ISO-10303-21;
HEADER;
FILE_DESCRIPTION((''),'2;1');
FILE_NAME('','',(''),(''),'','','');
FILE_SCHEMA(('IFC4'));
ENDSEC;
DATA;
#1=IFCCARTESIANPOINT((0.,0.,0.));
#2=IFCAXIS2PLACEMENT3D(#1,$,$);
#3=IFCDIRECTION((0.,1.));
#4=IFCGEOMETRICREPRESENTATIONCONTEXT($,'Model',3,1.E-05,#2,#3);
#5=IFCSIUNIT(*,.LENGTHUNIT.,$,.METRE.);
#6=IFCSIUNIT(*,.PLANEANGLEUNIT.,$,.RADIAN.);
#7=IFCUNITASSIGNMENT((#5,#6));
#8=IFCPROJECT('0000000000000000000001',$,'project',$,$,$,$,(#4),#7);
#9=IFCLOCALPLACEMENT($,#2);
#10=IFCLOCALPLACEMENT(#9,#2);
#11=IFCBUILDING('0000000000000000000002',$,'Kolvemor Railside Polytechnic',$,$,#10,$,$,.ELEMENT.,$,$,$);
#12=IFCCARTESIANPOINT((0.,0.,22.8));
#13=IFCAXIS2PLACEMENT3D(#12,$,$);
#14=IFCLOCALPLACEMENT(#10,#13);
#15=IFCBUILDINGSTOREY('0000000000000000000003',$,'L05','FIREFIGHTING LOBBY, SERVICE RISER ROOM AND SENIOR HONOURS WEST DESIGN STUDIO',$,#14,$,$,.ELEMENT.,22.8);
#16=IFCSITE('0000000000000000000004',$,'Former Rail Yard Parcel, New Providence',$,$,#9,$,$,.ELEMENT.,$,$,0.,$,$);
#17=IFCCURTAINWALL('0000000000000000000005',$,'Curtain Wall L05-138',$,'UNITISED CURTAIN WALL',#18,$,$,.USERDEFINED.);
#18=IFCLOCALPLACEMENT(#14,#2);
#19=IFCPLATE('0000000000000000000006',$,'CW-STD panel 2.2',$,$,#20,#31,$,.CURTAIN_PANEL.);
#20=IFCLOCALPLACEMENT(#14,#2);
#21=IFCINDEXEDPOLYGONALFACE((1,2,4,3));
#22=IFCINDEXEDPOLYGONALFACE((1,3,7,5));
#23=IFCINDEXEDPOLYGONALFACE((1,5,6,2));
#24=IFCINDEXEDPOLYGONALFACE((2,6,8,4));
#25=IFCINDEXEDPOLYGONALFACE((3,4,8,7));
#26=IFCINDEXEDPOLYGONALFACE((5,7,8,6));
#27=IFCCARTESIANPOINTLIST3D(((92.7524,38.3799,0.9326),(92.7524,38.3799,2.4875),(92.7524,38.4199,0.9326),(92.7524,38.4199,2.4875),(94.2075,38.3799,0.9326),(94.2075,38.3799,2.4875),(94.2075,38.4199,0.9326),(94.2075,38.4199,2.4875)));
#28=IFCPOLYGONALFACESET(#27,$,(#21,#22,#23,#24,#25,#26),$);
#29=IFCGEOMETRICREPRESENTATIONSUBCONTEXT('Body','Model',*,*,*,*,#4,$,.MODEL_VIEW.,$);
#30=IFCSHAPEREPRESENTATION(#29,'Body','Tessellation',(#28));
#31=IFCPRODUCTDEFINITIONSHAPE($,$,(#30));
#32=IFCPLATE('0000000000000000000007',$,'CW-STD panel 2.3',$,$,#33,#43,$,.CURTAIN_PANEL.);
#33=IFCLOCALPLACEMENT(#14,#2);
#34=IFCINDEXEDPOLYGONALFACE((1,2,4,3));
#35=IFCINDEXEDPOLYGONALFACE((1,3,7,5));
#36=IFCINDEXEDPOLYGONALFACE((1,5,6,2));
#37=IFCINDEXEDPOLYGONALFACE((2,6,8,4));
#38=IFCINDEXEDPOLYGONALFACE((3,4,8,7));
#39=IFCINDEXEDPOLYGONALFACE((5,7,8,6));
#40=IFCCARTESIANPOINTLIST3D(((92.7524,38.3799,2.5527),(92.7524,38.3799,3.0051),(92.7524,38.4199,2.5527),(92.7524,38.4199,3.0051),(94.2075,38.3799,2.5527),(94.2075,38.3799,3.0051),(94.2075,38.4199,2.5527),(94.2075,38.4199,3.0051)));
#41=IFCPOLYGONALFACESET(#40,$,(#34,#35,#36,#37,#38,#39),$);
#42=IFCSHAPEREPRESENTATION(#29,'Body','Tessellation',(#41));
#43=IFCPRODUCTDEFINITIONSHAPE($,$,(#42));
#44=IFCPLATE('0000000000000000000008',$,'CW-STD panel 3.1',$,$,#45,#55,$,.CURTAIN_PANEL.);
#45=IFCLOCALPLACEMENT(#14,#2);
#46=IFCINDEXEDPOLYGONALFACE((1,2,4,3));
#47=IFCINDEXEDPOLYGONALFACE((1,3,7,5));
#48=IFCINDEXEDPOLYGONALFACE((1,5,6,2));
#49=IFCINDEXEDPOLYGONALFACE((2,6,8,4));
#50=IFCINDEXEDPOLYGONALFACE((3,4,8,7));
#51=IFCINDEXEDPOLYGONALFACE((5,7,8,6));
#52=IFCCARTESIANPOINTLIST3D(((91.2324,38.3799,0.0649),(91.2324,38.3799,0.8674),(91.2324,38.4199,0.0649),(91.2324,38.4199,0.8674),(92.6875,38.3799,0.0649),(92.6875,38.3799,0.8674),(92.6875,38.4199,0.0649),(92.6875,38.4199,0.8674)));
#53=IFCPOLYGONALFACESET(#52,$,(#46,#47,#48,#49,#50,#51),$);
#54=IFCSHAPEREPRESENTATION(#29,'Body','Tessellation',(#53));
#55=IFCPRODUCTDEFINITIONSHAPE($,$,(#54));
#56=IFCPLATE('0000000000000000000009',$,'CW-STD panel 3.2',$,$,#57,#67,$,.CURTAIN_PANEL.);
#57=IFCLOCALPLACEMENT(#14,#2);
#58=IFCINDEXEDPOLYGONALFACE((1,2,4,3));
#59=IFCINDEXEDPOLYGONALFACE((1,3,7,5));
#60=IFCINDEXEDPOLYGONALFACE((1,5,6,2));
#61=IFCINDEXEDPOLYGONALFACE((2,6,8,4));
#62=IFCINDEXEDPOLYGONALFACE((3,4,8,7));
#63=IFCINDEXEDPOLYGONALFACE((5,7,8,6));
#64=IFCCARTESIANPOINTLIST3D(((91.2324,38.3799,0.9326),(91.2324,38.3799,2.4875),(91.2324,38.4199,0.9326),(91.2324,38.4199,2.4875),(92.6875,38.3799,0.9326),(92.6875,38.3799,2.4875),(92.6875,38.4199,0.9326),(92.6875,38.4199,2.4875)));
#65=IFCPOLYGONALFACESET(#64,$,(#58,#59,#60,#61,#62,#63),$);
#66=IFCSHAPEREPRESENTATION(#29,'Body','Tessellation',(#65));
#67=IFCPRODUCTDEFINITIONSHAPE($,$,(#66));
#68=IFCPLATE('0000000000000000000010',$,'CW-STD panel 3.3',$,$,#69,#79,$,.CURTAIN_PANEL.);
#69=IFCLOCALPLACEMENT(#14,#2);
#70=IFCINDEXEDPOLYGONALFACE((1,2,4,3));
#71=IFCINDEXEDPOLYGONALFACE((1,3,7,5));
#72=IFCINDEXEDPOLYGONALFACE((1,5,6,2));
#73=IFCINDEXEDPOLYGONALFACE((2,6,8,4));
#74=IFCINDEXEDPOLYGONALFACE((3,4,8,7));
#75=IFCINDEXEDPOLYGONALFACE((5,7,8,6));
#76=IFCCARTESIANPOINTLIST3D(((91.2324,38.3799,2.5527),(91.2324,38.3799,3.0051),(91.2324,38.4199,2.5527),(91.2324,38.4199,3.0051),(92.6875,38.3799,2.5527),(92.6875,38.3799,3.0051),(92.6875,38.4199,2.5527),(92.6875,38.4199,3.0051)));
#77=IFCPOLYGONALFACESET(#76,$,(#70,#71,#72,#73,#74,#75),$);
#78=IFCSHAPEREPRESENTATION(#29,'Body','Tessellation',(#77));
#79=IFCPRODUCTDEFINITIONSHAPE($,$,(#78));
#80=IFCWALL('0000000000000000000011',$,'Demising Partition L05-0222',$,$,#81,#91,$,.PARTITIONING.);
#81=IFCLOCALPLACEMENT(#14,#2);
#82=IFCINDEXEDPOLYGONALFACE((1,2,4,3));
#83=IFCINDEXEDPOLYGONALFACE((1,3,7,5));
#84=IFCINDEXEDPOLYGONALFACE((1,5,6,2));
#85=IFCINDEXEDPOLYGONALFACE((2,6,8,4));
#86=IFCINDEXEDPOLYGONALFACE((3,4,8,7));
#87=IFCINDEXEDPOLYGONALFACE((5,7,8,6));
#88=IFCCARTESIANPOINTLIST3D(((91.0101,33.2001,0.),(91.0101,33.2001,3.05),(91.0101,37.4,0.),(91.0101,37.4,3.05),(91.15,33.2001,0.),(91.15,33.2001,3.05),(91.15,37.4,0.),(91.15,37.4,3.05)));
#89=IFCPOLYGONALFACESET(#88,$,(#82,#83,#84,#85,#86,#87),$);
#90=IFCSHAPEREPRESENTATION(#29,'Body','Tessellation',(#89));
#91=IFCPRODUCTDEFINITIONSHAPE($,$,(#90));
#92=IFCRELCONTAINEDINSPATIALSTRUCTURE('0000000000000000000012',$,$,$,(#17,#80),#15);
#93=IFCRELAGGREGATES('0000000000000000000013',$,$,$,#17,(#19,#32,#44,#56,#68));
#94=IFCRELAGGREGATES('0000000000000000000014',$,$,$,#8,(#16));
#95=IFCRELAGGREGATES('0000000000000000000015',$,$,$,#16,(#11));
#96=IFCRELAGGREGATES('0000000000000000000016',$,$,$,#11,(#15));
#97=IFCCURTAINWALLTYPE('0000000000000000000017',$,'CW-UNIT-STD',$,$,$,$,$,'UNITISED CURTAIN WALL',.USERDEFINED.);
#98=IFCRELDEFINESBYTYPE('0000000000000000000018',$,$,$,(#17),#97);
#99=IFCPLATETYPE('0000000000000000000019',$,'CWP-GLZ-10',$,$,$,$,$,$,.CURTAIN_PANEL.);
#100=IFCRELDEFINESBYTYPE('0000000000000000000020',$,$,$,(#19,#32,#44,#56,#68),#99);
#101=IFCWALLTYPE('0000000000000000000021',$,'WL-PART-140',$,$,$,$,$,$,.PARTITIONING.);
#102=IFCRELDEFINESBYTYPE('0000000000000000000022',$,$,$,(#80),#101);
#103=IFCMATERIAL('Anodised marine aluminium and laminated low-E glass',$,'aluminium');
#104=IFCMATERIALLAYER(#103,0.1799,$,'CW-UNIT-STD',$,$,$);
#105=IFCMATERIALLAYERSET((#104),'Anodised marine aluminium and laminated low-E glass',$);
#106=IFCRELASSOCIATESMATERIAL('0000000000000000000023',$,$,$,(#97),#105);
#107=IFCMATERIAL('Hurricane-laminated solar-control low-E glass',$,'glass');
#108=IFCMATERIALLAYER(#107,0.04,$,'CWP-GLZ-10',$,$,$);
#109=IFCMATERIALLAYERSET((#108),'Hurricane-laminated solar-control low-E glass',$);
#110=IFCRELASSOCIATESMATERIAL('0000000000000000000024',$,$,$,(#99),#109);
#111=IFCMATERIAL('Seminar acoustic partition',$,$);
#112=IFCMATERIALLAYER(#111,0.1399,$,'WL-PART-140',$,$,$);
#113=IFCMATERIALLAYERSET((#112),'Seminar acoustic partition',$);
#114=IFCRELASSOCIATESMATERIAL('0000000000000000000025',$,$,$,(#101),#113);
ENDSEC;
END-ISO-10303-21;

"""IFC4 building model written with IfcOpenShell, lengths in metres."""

from ifc_helpers import new_model, si_unit, direction, frame, frame_2d, origin, origin_2d, place, context, subcontext, project, spatial, rectangle, extrude, material, layer, layer_set, type_object, element, aggregate, save


model = new_model("IFC4")

# Units and contexts
model_context = context("Model", 3, precision=1e-05, world=origin(), true_north=direction((0.0, 1.0)))
body_context = subcontext(model_context, "Body", "Model", "MODEL_VIEW")
ifc_project = project(units=[si_unit("LENGTHUNIT", "METRE"), si_unit("PLANEANGLEUNIT", "RADIAN")], contexts=[model_context])

# Site, building, storey
site_placement = place(None, origin())
site = spatial("IfcSite", under=ifc_project, at=site_placement, Name="Former Rail Yard Parcel, New Providence", CompositionType="ELEMENT", RefElevation=0.0)
building_placement = place(site_placement, origin())
building = spatial("IfcBuilding", under=site, at=building_placement, Name="Kolvemor Railside Polytechnic", CompositionType="ELEMENT")
storey_placement = place(building_placement, frame((0.0, 0.0, 22.8)))
storey = spatial("IfcBuildingStorey", under=building, at=storey_placement, Name="L05", Description="FIREFIGHTING LOBBY, SERVICE RISER ROOM AND SENIOR HONOURS WEST DESIGN STUDIO", CompositionType="ELEMENT", Elevation=22.8)

# Curtain wall, plates
ifc_material_1 = material(Name="Anodised marine aluminium and laminated low-E glass", Category="aluminium")
ifc_layer_1 = layer(ifc_material_1, 0.1799, Name="CW-UNIT-STD")
ifc_layer_set_1 = layer_set([ifc_layer_1], Name="Anodised marine aluminium and laminated low-E glass")
curtain_wall_type = type_object("IfcCurtainWallType", Name="CW-UNIT-STD", ElementType="UNITISED CURTAIN WALL", PredefinedType="USERDEFINED", material=ifc_layer_set_1)
curtain_wall_placement = place(storey_placement, origin())
curtain_wall = element("IfcCurtainWall", 1, at=curtain_wall_placement, inside=storey, type_object=curtain_wall_type, Name="Curtain Wall L05-138", ObjectType="UNITISED CURTAIN WALL", PredefinedType="USERDEFINED")
ifc_material_2 = material(Name="Hurricane-laminated solar-control low-E glass", Category="glass")
ifc_layer_2 = layer(ifc_material_2, 0.04, Name="CWP-GLZ-10")
ifc_layer_set_2 = layer_set([ifc_layer_2], Name="Hurricane-laminated solar-control low-E glass")
plate_type = type_object("IfcPlateType", Name="CWP-GLZ-10", PredefinedType="CURTAIN_PANEL", material=ifc_layer_set_2)
plate_1_placement = place(storey_placement, frame((93.48, 38.3999, 0.9326), z_axis=(0.0, 0.0, 1.0), x_axis=(-1.0, 0.0, 0.0)))
plate_1 = element("IfcPlate", 2, at=plate_1_placement, type_object=plate_type, Name="CW-STD panel 2.2", PredefinedType="CURTAIN_PANEL", context=body_context, shape_type="SweptSolid", body=[
    extrude(rectangle(XDim=1.4551, YDim=0.04, at=origin_2d()), origin(), (0.0, 0.0, 1.0), 1.5549),
])
plate_2_placement = place(storey_placement, frame((93.48, 38.3999, 2.5527), z_axis=(0.0, 0.0, 1.0), x_axis=(-1.0, 0.0, 0.0)))
plate_2 = element("IfcPlate", 3, at=plate_2_placement, type_object=plate_type, Name="CW-STD panel 2.3", PredefinedType="CURTAIN_PANEL", context=body_context, shape_type="SweptSolid", body=[
    extrude(rectangle(XDim=1.4551, YDim=0.04, at=origin_2d()), origin(), (0.0, 0.0, 1.0), 0.4524),
])
plate_3_placement = place(storey_placement, frame((91.96, 38.3999, 0.0649), z_axis=(0.0, 0.0, 1.0), x_axis=(-1.0, 0.0, 0.0)))
plate_3 = element("IfcPlate", 4, at=plate_3_placement, type_object=plate_type, Name="CW-STD panel 3.1", PredefinedType="CURTAIN_PANEL", context=body_context, shape_type="SweptSolid", body=[
    extrude(rectangle(XDim=1.4551, YDim=0.04, at=origin_2d()), origin(), (0.0, 0.0, 1.0), 0.8025),
])
plate_4_placement = place(storey_placement, frame((91.96, 38.3999, 0.9326), z_axis=(0.0, 0.0, 1.0), x_axis=(-1.0, 0.0, 0.0)))
plate_4 = element("IfcPlate", 5, at=plate_4_placement, type_object=plate_type, Name="CW-STD panel 3.2", PredefinedType="CURTAIN_PANEL", context=body_context, shape_type="SweptSolid", body=[
    extrude(rectangle(XDim=1.4551, YDim=0.04, at=origin_2d()), origin(), (0.0, 0.0, 1.0), 1.5549),
])
plate_5_placement = place(storey_placement, frame((91.96, 38.3999, 2.5527), z_axis=(0.0, 0.0, 1.0), x_axis=(-1.0, 0.0, 0.0)))
plate_5 = element("IfcPlate", 6, at=plate_5_placement, type_object=plate_type, Name="CW-STD panel 3.3", PredefinedType="CURTAIN_PANEL", context=body_context, shape_type="SweptSolid", body=[
    extrude(rectangle(XDim=1.4551, YDim=0.04, at=origin_2d()), origin(), (0.0, 0.0, 1.0), 0.4524),
])
aggregate(curtain_wall, [plate_1, plate_2, plate_3, plate_4, plate_5])

# Wall
ifc_material_3 = material(Name="Seminar acoustic partition")
ifc_layer_3 = layer(ifc_material_3, 0.1399, Name="WL-PART-140")
ifc_layer_set_3 = layer_set([ifc_layer_3], Name="Seminar acoustic partition")
wall_type = type_object("IfcWallType", Name="WL-PART-140", PredefinedType="PARTITIONING", material=ifc_layer_set_3)
wall_placement = place(storey_placement, frame((91.0801, 33.2, 0.0), z_axis=(0.0, 0.0, 1.0), x_axis=(0.0, 1.0, 0.0)))
element("IfcWall", 7, at=wall_placement, inside=storey, type_object=wall_type, Name="Demising Partition L05-0222", PredefinedType="PARTITIONING", context=body_context, shape_type="SweptSolid", body=[
    extrude(rectangle(XDim=4.2, YDim=0.1399, at=frame_2d((2.1001, 0.0))), origin(), (0.0, 0.0, 1.0), 3.05),
])

save(model, "model.ifc")
